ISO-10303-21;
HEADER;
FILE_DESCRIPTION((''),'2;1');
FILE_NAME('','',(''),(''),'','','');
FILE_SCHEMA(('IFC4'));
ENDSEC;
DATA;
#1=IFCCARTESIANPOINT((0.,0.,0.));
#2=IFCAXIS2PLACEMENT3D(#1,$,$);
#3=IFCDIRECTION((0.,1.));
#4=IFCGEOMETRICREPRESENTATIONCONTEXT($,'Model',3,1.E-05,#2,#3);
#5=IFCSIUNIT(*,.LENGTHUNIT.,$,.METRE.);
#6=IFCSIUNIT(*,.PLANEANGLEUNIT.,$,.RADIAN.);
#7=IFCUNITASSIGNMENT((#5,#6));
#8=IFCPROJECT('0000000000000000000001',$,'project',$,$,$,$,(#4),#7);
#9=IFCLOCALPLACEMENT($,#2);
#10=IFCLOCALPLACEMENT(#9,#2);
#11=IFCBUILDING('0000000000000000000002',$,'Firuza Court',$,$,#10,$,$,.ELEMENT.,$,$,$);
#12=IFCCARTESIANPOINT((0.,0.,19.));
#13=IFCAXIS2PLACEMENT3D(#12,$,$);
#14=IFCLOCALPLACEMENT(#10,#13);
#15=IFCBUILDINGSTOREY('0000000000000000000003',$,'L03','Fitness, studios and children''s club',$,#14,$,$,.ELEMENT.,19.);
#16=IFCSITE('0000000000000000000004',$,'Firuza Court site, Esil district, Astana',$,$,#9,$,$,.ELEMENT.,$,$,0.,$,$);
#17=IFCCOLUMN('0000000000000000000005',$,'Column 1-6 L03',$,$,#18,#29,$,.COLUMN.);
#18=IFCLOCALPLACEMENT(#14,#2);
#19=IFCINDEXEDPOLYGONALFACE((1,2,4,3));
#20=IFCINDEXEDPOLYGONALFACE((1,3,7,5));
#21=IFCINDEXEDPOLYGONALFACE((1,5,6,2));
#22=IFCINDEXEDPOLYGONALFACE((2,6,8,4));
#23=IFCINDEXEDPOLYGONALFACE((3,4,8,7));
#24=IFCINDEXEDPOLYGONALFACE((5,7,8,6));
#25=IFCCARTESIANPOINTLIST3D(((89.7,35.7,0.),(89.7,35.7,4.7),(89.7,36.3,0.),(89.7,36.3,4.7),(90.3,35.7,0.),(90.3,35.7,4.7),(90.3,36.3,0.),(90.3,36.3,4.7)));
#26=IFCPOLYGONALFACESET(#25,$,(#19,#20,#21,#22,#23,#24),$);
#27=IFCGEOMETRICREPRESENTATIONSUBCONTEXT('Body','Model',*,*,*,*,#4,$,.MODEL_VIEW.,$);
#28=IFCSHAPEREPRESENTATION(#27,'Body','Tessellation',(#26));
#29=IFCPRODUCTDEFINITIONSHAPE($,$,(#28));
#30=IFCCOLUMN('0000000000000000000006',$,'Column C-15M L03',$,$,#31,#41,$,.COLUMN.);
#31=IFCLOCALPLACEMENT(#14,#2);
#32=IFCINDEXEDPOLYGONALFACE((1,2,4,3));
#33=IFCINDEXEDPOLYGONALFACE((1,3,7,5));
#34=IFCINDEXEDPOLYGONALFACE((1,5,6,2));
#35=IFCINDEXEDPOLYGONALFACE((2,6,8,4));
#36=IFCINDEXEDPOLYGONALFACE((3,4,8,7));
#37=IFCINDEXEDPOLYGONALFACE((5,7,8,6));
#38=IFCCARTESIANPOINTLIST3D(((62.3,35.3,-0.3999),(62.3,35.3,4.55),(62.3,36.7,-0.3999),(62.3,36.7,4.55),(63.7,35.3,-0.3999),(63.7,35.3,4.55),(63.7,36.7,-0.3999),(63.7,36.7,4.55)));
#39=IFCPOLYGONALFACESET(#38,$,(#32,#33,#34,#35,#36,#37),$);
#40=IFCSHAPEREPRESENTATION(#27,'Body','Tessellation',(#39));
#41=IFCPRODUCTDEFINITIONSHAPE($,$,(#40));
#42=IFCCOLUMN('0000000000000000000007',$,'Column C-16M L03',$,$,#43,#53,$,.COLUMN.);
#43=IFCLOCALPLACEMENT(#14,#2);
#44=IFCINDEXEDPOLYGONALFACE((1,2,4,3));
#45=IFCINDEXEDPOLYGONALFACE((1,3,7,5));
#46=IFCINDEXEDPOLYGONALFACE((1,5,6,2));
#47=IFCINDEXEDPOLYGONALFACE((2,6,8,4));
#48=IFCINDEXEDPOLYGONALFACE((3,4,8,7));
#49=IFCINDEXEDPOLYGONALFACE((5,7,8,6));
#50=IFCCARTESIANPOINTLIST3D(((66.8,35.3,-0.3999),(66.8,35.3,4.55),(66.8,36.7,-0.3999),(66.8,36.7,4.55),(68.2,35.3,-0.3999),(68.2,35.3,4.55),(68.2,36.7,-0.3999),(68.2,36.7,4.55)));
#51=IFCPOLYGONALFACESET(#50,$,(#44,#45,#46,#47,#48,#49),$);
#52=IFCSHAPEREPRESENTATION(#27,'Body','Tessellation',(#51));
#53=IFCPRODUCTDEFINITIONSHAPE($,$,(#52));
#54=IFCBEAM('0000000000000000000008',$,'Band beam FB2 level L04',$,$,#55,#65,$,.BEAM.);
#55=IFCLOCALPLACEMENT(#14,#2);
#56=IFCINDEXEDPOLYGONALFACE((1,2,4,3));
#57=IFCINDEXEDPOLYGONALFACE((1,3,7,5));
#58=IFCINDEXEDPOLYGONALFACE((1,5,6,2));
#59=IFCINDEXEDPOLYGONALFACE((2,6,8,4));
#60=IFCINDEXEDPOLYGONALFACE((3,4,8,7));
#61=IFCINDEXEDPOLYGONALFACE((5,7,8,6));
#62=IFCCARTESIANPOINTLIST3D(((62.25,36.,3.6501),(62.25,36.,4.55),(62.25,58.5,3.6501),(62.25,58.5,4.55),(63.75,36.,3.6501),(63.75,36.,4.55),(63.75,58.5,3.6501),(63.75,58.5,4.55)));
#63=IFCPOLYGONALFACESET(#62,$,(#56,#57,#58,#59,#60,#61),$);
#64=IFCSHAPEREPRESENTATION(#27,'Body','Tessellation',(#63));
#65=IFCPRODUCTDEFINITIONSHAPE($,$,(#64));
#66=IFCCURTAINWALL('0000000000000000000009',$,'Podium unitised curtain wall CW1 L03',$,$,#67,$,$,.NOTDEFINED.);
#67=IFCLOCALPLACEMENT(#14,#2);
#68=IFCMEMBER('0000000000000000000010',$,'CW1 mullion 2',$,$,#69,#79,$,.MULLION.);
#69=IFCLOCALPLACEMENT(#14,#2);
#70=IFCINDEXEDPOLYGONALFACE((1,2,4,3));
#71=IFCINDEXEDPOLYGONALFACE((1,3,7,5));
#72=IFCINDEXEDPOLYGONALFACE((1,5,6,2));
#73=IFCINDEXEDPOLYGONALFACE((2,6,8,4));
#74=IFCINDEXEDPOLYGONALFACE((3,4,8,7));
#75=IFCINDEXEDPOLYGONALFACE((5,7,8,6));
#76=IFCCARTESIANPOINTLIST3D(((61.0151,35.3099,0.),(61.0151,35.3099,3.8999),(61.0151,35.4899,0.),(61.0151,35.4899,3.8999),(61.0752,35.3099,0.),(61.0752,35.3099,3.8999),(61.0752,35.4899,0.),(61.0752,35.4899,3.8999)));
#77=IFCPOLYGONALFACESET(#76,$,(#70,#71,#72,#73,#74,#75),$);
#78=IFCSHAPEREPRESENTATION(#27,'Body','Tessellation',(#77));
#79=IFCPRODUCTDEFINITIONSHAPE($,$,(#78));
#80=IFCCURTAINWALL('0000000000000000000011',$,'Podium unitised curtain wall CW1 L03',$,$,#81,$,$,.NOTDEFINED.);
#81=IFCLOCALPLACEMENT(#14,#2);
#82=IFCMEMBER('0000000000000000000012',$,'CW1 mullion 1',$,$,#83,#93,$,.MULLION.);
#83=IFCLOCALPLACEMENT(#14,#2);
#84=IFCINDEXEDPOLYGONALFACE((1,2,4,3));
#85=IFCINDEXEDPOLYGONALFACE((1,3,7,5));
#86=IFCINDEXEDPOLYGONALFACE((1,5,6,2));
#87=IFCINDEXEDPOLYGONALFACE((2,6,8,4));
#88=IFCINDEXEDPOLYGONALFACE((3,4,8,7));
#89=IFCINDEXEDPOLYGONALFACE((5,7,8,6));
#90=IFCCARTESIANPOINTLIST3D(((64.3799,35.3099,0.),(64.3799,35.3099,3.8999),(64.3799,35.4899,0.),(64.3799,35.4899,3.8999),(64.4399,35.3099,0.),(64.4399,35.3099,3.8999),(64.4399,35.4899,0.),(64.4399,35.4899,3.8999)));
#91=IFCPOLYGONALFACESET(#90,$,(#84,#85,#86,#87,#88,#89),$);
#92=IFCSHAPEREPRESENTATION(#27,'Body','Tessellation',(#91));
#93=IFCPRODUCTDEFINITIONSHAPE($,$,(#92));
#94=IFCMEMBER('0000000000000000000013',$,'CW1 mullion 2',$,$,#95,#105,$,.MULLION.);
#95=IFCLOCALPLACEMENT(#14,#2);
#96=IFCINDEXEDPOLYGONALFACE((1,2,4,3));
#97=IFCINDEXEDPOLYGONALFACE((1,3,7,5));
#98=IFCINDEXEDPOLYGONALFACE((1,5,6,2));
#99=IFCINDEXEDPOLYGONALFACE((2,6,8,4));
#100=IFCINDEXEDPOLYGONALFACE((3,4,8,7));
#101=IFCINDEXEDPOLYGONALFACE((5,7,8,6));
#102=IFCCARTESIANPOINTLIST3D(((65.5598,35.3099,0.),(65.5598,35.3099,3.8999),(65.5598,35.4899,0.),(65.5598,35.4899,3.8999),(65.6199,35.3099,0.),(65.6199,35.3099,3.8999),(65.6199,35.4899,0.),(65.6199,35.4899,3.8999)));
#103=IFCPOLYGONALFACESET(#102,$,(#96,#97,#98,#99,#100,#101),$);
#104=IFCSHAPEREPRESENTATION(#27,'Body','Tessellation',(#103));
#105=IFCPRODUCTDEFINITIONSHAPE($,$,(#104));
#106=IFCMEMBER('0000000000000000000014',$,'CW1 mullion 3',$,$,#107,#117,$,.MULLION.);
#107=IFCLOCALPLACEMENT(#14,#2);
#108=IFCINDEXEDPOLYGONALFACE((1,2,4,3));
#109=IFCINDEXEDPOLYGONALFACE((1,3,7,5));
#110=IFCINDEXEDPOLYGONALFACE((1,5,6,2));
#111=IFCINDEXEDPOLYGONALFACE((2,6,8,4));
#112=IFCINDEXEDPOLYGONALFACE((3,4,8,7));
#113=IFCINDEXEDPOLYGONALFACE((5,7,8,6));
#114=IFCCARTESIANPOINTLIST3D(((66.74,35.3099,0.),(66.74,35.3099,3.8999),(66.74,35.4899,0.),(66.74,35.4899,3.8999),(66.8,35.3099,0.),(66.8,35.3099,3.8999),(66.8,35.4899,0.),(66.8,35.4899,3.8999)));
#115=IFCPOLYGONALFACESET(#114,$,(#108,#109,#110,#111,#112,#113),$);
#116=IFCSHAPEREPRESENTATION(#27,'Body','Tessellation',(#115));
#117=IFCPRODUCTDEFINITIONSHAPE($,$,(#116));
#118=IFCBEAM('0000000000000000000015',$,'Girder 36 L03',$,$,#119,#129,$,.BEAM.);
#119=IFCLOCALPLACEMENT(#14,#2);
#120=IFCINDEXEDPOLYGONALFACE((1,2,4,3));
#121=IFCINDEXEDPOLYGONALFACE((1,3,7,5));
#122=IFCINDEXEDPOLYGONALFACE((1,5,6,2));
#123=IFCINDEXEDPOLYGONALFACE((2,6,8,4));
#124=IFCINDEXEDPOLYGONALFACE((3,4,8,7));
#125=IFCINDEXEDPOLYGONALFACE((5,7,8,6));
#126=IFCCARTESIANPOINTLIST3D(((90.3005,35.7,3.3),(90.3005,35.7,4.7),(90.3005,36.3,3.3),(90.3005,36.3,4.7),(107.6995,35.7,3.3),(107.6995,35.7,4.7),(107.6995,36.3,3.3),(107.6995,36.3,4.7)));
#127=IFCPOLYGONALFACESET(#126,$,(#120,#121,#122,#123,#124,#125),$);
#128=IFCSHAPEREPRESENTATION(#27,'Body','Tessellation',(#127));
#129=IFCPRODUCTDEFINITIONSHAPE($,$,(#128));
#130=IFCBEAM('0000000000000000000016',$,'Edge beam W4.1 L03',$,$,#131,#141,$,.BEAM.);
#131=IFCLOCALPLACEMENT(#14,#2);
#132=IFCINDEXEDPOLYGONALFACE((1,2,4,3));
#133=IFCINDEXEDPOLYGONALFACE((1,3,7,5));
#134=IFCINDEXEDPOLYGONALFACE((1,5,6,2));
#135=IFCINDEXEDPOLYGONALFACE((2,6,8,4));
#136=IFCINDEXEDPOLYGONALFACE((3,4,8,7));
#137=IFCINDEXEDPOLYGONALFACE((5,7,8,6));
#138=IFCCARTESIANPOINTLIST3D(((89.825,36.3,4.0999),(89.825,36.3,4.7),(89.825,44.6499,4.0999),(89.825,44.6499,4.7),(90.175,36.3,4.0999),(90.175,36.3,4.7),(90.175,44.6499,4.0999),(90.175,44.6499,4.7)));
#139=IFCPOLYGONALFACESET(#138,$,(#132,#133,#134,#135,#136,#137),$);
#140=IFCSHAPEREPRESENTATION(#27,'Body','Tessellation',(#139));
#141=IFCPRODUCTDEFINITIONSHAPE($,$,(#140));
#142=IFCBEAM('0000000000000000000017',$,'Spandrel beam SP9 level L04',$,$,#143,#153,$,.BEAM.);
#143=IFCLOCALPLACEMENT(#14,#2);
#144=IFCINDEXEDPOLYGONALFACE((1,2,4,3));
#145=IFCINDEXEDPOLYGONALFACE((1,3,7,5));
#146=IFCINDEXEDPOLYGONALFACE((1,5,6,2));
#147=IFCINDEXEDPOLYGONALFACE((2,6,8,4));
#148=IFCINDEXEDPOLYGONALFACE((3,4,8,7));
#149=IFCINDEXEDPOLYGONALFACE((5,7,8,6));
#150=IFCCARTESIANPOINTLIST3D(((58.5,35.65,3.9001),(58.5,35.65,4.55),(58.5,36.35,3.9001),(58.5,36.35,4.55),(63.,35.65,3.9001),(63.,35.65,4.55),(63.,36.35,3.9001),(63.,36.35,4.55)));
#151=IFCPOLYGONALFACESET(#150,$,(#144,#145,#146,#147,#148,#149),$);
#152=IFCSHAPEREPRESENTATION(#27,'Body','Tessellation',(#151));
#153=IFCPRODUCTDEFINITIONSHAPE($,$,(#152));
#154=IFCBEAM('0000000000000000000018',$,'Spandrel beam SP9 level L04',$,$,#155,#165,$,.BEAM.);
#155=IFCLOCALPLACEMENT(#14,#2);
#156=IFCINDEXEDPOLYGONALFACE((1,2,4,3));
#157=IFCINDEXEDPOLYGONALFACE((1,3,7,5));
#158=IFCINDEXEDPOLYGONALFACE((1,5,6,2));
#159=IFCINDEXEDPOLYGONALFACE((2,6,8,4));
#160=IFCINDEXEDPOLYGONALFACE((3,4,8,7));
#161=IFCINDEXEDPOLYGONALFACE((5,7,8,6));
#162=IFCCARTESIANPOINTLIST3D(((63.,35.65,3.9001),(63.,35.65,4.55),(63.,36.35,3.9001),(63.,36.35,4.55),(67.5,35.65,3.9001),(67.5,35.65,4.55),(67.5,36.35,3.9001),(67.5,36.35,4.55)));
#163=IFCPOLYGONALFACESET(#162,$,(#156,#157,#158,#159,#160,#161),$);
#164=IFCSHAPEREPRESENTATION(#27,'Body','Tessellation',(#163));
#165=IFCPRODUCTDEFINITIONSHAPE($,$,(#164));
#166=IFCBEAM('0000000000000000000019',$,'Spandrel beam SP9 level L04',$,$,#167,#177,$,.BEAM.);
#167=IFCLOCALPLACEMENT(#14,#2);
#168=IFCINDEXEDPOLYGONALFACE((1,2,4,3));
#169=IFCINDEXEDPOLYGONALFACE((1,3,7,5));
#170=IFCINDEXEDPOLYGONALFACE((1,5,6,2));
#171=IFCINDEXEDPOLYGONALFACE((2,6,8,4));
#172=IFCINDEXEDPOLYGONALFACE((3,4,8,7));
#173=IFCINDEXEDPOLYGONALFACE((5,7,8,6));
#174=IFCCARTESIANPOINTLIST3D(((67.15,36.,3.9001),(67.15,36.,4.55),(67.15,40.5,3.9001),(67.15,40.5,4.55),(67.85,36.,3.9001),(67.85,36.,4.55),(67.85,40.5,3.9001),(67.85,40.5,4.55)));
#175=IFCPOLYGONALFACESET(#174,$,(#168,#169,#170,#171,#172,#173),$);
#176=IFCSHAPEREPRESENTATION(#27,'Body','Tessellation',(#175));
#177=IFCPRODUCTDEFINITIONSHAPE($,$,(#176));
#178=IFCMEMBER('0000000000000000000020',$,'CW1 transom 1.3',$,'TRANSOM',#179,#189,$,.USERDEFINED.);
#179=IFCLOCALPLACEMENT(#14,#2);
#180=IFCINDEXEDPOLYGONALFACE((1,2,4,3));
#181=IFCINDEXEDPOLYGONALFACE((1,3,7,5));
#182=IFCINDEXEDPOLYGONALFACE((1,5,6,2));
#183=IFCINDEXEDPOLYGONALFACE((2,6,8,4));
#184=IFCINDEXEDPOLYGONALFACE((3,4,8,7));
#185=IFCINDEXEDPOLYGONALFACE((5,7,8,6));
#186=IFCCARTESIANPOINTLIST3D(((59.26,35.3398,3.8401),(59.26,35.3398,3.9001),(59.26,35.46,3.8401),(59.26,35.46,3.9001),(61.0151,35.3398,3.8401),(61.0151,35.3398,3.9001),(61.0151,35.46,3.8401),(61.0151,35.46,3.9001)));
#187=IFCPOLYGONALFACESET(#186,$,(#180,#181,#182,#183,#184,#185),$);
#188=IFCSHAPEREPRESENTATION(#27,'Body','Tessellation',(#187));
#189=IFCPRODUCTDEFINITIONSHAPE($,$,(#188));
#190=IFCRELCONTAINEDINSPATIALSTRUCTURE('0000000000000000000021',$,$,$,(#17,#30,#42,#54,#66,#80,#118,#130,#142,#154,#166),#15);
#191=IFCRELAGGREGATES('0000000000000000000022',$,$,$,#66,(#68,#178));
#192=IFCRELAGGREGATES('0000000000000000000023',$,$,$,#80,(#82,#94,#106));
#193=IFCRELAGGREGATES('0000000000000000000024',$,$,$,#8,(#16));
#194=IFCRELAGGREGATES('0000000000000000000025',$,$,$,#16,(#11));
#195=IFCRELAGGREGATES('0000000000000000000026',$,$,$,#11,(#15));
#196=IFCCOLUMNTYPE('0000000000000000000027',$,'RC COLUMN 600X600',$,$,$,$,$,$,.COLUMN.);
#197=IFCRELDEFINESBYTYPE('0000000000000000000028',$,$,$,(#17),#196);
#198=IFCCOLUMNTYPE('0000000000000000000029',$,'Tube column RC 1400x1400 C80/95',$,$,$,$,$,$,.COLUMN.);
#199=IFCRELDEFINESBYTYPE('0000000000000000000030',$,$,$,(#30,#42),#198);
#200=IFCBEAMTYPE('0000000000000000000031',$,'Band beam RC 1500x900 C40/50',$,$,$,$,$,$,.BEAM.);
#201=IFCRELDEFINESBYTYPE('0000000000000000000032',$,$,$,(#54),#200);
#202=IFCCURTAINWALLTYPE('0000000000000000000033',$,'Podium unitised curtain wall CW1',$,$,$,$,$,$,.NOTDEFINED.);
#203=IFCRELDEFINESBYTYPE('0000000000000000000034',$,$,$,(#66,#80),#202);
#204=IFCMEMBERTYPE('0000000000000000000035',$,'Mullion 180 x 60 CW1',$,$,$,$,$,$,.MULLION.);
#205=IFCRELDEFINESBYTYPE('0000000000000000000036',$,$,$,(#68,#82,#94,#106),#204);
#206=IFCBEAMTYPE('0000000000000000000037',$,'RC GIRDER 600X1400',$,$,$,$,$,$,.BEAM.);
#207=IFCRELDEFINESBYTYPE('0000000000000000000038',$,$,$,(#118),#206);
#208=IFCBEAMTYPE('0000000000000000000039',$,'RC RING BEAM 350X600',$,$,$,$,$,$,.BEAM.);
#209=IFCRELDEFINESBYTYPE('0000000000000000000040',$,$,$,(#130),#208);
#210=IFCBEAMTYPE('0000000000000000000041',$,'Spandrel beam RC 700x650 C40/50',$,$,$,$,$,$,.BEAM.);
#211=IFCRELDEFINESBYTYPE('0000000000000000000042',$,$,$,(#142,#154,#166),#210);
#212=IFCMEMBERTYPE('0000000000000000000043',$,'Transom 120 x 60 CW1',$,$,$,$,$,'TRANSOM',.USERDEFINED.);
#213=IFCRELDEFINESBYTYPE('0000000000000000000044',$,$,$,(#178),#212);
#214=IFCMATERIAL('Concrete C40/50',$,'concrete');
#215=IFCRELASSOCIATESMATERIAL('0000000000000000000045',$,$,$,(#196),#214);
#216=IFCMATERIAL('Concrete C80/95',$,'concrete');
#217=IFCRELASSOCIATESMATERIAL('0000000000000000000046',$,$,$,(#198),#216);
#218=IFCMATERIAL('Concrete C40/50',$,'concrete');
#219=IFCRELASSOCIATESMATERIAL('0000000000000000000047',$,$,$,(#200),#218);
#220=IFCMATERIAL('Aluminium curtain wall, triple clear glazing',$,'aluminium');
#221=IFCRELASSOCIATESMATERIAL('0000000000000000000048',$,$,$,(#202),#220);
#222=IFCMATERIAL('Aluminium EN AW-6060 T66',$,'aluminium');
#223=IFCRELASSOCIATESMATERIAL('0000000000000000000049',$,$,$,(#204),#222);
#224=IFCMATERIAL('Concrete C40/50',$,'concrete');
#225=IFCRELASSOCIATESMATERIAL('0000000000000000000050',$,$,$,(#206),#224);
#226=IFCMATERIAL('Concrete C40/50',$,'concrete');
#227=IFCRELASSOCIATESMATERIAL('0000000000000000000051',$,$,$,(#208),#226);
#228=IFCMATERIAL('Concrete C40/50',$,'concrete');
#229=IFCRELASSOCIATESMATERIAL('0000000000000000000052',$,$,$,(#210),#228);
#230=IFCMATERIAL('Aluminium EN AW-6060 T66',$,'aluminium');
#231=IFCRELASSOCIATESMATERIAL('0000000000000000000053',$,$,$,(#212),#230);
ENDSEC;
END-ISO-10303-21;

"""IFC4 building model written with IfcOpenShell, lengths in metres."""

from ifc_helpers import new_model, si_unit, direction, frame, origin, origin_2d, place, context, subcontext, project, spatial, rectangle, extrude, material, material_profile, profile_set, type_object, element, aggregate, save


model = new_model("IFC4")

# Units and contexts
model_context = context("Model", 3, precision=1e-05, world=origin(), true_north=direction((0.0, 1.0)))
body_context = subcontext(model_context, "Body", "Model", "MODEL_VIEW")
ifc_project = project(units=[si_unit("LENGTHUNIT", "METRE"), si_unit("PLANEANGLEUNIT", "RADIAN")], contexts=[model_context])

# Site, building, storey
site_placement = place(None, origin())
site = spatial("IfcSite", under=ifc_project, at=site_placement, Name="Firuza Court site, Esil district, Astana", CompositionType="ELEMENT", RefElevation=0.0)
building_placement = place(site_placement, origin())
building = spatial("IfcBuilding", under=site, at=building_placement, Name="Firuza Court", CompositionType="ELEMENT")
storey_placement = place(building_placement, frame((0.0, 0.0, 19.0)))
storey = spatial("IfcBuildingStorey", under=building, at=storey_placement, Name="L03", Description="Fitness, studios and children's club", CompositionType="ELEMENT", Elevation=19.0)

# Columns
ifc_material_1 = material(Name="Concrete C40/50", Category="concrete")
ifc_material_profile_1 = material_profile(ifc_material_1, rectangle(XDim=0.6001, YDim=0.6001, at=origin_2d()), Name="RC 600X600")
ifc_profile_set_1 = profile_set([ifc_material_profile_1], Name="Concrete C40/50")
column_type_1 = type_object("IfcColumnType", Name="RC COLUMN 600X600", PredefinedType="COLUMN", material=ifc_profile_set_1)
column_placement = place(storey_placement, frame((90.0, 36.0, 0.0), z_axis=(0.0, 0.0, 1.0), x_axis=(1.0, 0.0, 0.0)))
element("IfcColumn", 1, at=column_placement, inside=storey, type_object=column_type_1, Name="Column 1-6 L03", PredefinedType="COLUMN", context=body_context, shape_type="SweptSolid", body=[
    extrude(rectangle(XDim=0.6001, YDim=0.6001, at=origin_2d()), origin(), (0.0, 0.0, 1.0), 4.7),
])
ifc_material_2 = material(Name="Concrete C80/95", Category="concrete")
ifc_material_profile_2 = material_profile(ifc_material_2, rectangle(XDim=1.3999, YDim=1.3999, at=origin_2d()), Name="RC 1400x1400")
ifc_profile_set_2 = profile_set([ifc_material_profile_2], Name="Concrete C80/95")
column_type_2 = type_object("IfcColumnType", Name="Tube column RC 1400x1400 C80/95", PredefinedType="COLUMN", material=ifc_profile_set_2)
for number, where, z_axis, x_axis, name in (
    (2, (63.0, 36.0, -0.3999), (0.0, 0.0, 1.0), (1.0, 0.0, 0.0), "Column C-15M L03"),
    (3, (67.5, 36.0, -0.3999), (0.0, 0.0, 1.0), (1.0, 0.0, 0.0), "Column C-16M L03"),
):
    element("IfcColumn", number, at=place(storey_placement, frame(where, z_axis=z_axis, x_axis=x_axis)), inside=storey, type_object=column_type_2, Name=name, PredefinedType="COLUMN", context=body_context, shape_type="SweptSolid", body=[
        extrude(rectangle(XDim=1.3999, YDim=1.3999, at=origin_2d()), origin(), (0.0, 0.0, 1.0), 4.95),
    ])

# Beam
ifc_material_3 = material(Name="Concrete C40/50", Category="concrete")
ifc_material_profile_3 = material_profile(ifc_material_3, rectangle(XDim=1.5, YDim=0.8999, at=origin_2d()), Name="RC 1500x900")
ifc_profile_set_3 = profile_set([ifc_material_profile_3], Name="Concrete C40/50")
beam_type_1 = type_object("IfcBeamType", Name="Band beam RC 1500x900 C40/50", PredefinedType="BEAM", material=ifc_profile_set_3)
beam_1_placement = place(storey_placement, frame((63.0, 36.0, 4.1001), z_axis=(0.0, 1.0, 0.0), x_axis=(-1.0, 0.0, 0.0)))
element("IfcBeam", 4, at=beam_1_placement, inside=storey, type_object=beam_type_1, Name="Band beam FB2 level L04", PredefinedType="BEAM", context=body_context, shape_type="SweptSolid", body=[
    extrude(rectangle(XDim=1.5, YDim=0.8999, at=origin_2d()), origin(), (0.0, 0.0, 1.0), 22.5),
])

# Curtain wall, member
ifc_material_4 = material(Name="Aluminium curtain wall, triple clear glazing", Category="aluminium")
curtain_wall_type = type_object("IfcCurtainWallType", Name="Podium unitised curtain wall CW1", PredefinedType="NOTDEFINED", material=ifc_material_4)
curtain_wall_1_placement = place(storey_placement, origin())
curtain_wall_1 = element("IfcCurtainWall", 5, at=curtain_wall_1_placement, inside=storey, type_object=curtain_wall_type, Name="Podium unitised curtain wall CW1 L03", PredefinedType="NOTDEFINED")
ifc_material_5 = material(Name="Aluminium EN AW-6060 T66", Category="aluminium")
ifc_material_profile_4 = material_profile(ifc_material_5, rectangle(XDim=0.1799, YDim=0.0601, at=origin_2d()), Name="Mullion 180 x 60 CW1")
ifc_profile_set_4 = profile_set([ifc_material_profile_4], Name="Aluminium EN AW-6060 T66")
member_type_1 = type_object("IfcMemberType", Name="Mullion 180 x 60 CW1", PredefinedType="MULLION", material=ifc_profile_set_4)
member_1_placement = place(storey_placement, frame((61.0452, 35.3999, 0.0), z_axis=(0.0, 0.0, 1.0), x_axis=(0.0, 1.0, 0.0)))
member_1 = element("IfcMember", 6, at=member_1_placement, type_object=member_type_1, Name="CW1 mullion 2", PredefinedType="MULLION", context=body_context, shape_type="SweptSolid", body=[
    extrude(rectangle(XDim=0.1799, YDim=0.0601, at=origin_2d()), origin(), (0.0, 0.0, 1.0), 3.8999),
])

# Curtain wall, members
curtain_wall_2_placement = place(storey_placement, origin())
curtain_wall_2 = element("IfcCurtainWall", 7, at=curtain_wall_2_placement, inside=storey, type_object=curtain_wall_type, Name="Podium unitised curtain wall CW1 L03", PredefinedType="NOTDEFINED")
member_2_placement = place(storey_placement, frame((64.4099, 35.3999, 0.0), z_axis=(0.0, 0.0, 1.0), x_axis=(0.0, 1.0, 0.0)))
member_2 = element("IfcMember", 8, at=member_2_placement, type_object=member_type_1, Name="CW1 mullion 1", PredefinedType="MULLION", context=body_context, shape_type="SweptSolid", body=[
    extrude(rectangle(XDim=0.1799, YDim=0.0601, at=origin_2d()), origin(), (0.0, 0.0, 1.0), 3.8999),
])
member_3_placement = place(storey_placement, frame((65.5898, 35.3999, 0.0), z_axis=(0.0, 0.0, 1.0), x_axis=(0.0, 1.0, 0.0)))
member_3 = element("IfcMember", 9, at=member_3_placement, type_object=member_type_1, Name="CW1 mullion 2", PredefinedType="MULLION", context=body_context, shape_type="SweptSolid", body=[
    extrude(rectangle(XDim=0.1799, YDim=0.0601, at=origin_2d()), origin(), (0.0, 0.0, 1.0), 3.8999),
])
member_4_placement = place(storey_placement, frame((66.77, 35.3999, 0.0), z_axis=(0.0, 0.0, 1.0), x_axis=(0.0, 1.0, 0.0)))
member_4 = element("IfcMember", 10, at=member_4_placement, type_object=member_type_1, Name="CW1 mullion 3", PredefinedType="MULLION", context=body_context, shape_type="SweptSolid", body=[
    extrude(rectangle(XDim=0.1799, YDim=0.0601, at=origin_2d()), origin(), (0.0, 0.0, 1.0), 3.8999),
])

# Beams
ifc_material_6 = material(Name="Concrete C40/50", Category="concrete")
ifc_material_profile_5 = material_profile(ifc_material_6, rectangle(XDim=0.6001, YDim=1.3999, at=origin_2d()), Name="RC 600X1400")
ifc_profile_set_5 = profile_set([ifc_material_profile_5], Name="Concrete C40/50")
beam_type_2 = type_object("IfcBeamType", Name="RC GIRDER 600X1400", PredefinedType="BEAM", material=ifc_profile_set_5)
beam_2_placement = place(storey_placement, frame((90.3005, 36.0, 4.0), z_axis=(1.0, 0.0, 0.0), x_axis=(0.0, 1.0, 0.0)))
element("IfcBeam", 11, at=beam_2_placement, inside=storey, type_object=beam_type_2, Name="Girder 36 L03", PredefinedType="BEAM", context=body_context, shape_type="SweptSolid", body=[
    extrude(rectangle(XDim=0.6001, YDim=1.3999, at=origin_2d()), origin(), (0.0, 0.0, 1.0), 17.3989),
])
ifc_material_7 = material(Name="Concrete C40/50", Category="concrete")
ifc_material_profile_6 = material_profile(ifc_material_7, rectangle(XDim=0.3501, YDim=0.6001, at=origin_2d()), Name="RC 350X600")
ifc_profile_set_6 = profile_set([ifc_material_profile_6], Name="Concrete C40/50")
beam_type_3 = type_object("IfcBeamType", Name="RC RING BEAM 350X600", PredefinedType="BEAM", material=ifc_profile_set_6)
beam_3_placement = place(storey_placement, frame((90.0, 36.3, 4.3999), z_axis=(0.0, 1.0, 0.0), x_axis=(-1.0, 0.0, 0.0)))
element("IfcBeam", 12, at=beam_3_placement, inside=storey, type_object=beam_type_3, Name="Edge beam W4.1 L03", PredefinedType="BEAM", context=body_context, shape_type="SweptSolid", body=[
    extrude(rectangle(XDim=0.3501, YDim=0.6001, at=origin_2d()), origin(), (0.0, 0.0, 1.0), 8.3499),
])
ifc_material_8 = material(Name="Concrete C40/50", Category="concrete")
ifc_material_profile_7 = material_profile(ifc_material_8, rectangle(XDim=0.7, YDim=0.6499, at=origin_2d()), Name="RC 700x650")
ifc_profile_set_7 = profile_set([ifc_material_profile_7], Name="Concrete C40/50")
beam_type_4 = type_object("IfcBeamType", Name="Spandrel beam RC 700x650 C40/50", PredefinedType="BEAM", material=ifc_profile_set_7)
for number, where, z_axis, x_axis, name in (
    (13, (58.5, 36.0, 4.2251), (1.0, 0.0, 0.0), (0.0, 1.0, 0.0), "Spandrel beam SP9 level L04"),
    (14, (63.0, 36.0, 4.2251), (1.0, 0.0, 0.0), (0.0, 1.0, 0.0), "Spandrel beam SP9 level L04"),
    (15, (67.5, 36.0, 4.2251), (0.0, 1.0, 0.0), (-1.0, 0.0, 0.0), "Spandrel beam SP9 level L04"),
):
    element("IfcBeam", number, at=place(storey_placement, frame(where, z_axis=z_axis, x_axis=x_axis)), inside=storey, type_object=beam_type_4, Name=name, PredefinedType="BEAM", context=body_context, shape_type="SweptSolid", body=[
        extrude(rectangle(XDim=0.7, YDim=0.6499, at=origin_2d()), origin(), (0.0, 0.0, 1.0), 4.5),
    ])

# Member
ifc_material_9 = material(Name="Aluminium EN AW-6060 T66", Category="aluminium")
ifc_material_profile_8 = material_profile(ifc_material_9, rectangle(XDim=0.1201, YDim=0.0601, at=origin_2d()), Name="Transom 120 x 60 CW1")
ifc_profile_set_8 = profile_set([ifc_material_profile_8], Name="Aluminium EN AW-6060 T66")
member_type_2 = type_object("IfcMemberType", Name="Transom 120 x 60 CW1", ElementType="TRANSOM", PredefinedType="USERDEFINED", material=ifc_profile_set_8)
member_5_placement = place(storey_placement, frame((59.26, 35.3999, 3.8701), z_axis=(1.0, 0.0, 0.0), x_axis=(0.0, 1.0, 0.0)))
member_5 = element("IfcMember", 16, at=member_5_placement, type_object=member_type_2, Name="CW1 transom 1.3", ObjectType="TRANSOM", PredefinedType="USERDEFINED", context=body_context, shape_type="SweptSolid", body=[
    extrude(rectangle(XDim=0.1201, YDim=0.0601, at=origin_2d()), origin(), (0.0, 0.0, 1.0), 1.7551),
])

aggregate(curtain_wall_1, [member_1, member_5])
aggregate(curtain_wall_2, [member_2, member_3, member_4])

save(model, "model.ifc")
